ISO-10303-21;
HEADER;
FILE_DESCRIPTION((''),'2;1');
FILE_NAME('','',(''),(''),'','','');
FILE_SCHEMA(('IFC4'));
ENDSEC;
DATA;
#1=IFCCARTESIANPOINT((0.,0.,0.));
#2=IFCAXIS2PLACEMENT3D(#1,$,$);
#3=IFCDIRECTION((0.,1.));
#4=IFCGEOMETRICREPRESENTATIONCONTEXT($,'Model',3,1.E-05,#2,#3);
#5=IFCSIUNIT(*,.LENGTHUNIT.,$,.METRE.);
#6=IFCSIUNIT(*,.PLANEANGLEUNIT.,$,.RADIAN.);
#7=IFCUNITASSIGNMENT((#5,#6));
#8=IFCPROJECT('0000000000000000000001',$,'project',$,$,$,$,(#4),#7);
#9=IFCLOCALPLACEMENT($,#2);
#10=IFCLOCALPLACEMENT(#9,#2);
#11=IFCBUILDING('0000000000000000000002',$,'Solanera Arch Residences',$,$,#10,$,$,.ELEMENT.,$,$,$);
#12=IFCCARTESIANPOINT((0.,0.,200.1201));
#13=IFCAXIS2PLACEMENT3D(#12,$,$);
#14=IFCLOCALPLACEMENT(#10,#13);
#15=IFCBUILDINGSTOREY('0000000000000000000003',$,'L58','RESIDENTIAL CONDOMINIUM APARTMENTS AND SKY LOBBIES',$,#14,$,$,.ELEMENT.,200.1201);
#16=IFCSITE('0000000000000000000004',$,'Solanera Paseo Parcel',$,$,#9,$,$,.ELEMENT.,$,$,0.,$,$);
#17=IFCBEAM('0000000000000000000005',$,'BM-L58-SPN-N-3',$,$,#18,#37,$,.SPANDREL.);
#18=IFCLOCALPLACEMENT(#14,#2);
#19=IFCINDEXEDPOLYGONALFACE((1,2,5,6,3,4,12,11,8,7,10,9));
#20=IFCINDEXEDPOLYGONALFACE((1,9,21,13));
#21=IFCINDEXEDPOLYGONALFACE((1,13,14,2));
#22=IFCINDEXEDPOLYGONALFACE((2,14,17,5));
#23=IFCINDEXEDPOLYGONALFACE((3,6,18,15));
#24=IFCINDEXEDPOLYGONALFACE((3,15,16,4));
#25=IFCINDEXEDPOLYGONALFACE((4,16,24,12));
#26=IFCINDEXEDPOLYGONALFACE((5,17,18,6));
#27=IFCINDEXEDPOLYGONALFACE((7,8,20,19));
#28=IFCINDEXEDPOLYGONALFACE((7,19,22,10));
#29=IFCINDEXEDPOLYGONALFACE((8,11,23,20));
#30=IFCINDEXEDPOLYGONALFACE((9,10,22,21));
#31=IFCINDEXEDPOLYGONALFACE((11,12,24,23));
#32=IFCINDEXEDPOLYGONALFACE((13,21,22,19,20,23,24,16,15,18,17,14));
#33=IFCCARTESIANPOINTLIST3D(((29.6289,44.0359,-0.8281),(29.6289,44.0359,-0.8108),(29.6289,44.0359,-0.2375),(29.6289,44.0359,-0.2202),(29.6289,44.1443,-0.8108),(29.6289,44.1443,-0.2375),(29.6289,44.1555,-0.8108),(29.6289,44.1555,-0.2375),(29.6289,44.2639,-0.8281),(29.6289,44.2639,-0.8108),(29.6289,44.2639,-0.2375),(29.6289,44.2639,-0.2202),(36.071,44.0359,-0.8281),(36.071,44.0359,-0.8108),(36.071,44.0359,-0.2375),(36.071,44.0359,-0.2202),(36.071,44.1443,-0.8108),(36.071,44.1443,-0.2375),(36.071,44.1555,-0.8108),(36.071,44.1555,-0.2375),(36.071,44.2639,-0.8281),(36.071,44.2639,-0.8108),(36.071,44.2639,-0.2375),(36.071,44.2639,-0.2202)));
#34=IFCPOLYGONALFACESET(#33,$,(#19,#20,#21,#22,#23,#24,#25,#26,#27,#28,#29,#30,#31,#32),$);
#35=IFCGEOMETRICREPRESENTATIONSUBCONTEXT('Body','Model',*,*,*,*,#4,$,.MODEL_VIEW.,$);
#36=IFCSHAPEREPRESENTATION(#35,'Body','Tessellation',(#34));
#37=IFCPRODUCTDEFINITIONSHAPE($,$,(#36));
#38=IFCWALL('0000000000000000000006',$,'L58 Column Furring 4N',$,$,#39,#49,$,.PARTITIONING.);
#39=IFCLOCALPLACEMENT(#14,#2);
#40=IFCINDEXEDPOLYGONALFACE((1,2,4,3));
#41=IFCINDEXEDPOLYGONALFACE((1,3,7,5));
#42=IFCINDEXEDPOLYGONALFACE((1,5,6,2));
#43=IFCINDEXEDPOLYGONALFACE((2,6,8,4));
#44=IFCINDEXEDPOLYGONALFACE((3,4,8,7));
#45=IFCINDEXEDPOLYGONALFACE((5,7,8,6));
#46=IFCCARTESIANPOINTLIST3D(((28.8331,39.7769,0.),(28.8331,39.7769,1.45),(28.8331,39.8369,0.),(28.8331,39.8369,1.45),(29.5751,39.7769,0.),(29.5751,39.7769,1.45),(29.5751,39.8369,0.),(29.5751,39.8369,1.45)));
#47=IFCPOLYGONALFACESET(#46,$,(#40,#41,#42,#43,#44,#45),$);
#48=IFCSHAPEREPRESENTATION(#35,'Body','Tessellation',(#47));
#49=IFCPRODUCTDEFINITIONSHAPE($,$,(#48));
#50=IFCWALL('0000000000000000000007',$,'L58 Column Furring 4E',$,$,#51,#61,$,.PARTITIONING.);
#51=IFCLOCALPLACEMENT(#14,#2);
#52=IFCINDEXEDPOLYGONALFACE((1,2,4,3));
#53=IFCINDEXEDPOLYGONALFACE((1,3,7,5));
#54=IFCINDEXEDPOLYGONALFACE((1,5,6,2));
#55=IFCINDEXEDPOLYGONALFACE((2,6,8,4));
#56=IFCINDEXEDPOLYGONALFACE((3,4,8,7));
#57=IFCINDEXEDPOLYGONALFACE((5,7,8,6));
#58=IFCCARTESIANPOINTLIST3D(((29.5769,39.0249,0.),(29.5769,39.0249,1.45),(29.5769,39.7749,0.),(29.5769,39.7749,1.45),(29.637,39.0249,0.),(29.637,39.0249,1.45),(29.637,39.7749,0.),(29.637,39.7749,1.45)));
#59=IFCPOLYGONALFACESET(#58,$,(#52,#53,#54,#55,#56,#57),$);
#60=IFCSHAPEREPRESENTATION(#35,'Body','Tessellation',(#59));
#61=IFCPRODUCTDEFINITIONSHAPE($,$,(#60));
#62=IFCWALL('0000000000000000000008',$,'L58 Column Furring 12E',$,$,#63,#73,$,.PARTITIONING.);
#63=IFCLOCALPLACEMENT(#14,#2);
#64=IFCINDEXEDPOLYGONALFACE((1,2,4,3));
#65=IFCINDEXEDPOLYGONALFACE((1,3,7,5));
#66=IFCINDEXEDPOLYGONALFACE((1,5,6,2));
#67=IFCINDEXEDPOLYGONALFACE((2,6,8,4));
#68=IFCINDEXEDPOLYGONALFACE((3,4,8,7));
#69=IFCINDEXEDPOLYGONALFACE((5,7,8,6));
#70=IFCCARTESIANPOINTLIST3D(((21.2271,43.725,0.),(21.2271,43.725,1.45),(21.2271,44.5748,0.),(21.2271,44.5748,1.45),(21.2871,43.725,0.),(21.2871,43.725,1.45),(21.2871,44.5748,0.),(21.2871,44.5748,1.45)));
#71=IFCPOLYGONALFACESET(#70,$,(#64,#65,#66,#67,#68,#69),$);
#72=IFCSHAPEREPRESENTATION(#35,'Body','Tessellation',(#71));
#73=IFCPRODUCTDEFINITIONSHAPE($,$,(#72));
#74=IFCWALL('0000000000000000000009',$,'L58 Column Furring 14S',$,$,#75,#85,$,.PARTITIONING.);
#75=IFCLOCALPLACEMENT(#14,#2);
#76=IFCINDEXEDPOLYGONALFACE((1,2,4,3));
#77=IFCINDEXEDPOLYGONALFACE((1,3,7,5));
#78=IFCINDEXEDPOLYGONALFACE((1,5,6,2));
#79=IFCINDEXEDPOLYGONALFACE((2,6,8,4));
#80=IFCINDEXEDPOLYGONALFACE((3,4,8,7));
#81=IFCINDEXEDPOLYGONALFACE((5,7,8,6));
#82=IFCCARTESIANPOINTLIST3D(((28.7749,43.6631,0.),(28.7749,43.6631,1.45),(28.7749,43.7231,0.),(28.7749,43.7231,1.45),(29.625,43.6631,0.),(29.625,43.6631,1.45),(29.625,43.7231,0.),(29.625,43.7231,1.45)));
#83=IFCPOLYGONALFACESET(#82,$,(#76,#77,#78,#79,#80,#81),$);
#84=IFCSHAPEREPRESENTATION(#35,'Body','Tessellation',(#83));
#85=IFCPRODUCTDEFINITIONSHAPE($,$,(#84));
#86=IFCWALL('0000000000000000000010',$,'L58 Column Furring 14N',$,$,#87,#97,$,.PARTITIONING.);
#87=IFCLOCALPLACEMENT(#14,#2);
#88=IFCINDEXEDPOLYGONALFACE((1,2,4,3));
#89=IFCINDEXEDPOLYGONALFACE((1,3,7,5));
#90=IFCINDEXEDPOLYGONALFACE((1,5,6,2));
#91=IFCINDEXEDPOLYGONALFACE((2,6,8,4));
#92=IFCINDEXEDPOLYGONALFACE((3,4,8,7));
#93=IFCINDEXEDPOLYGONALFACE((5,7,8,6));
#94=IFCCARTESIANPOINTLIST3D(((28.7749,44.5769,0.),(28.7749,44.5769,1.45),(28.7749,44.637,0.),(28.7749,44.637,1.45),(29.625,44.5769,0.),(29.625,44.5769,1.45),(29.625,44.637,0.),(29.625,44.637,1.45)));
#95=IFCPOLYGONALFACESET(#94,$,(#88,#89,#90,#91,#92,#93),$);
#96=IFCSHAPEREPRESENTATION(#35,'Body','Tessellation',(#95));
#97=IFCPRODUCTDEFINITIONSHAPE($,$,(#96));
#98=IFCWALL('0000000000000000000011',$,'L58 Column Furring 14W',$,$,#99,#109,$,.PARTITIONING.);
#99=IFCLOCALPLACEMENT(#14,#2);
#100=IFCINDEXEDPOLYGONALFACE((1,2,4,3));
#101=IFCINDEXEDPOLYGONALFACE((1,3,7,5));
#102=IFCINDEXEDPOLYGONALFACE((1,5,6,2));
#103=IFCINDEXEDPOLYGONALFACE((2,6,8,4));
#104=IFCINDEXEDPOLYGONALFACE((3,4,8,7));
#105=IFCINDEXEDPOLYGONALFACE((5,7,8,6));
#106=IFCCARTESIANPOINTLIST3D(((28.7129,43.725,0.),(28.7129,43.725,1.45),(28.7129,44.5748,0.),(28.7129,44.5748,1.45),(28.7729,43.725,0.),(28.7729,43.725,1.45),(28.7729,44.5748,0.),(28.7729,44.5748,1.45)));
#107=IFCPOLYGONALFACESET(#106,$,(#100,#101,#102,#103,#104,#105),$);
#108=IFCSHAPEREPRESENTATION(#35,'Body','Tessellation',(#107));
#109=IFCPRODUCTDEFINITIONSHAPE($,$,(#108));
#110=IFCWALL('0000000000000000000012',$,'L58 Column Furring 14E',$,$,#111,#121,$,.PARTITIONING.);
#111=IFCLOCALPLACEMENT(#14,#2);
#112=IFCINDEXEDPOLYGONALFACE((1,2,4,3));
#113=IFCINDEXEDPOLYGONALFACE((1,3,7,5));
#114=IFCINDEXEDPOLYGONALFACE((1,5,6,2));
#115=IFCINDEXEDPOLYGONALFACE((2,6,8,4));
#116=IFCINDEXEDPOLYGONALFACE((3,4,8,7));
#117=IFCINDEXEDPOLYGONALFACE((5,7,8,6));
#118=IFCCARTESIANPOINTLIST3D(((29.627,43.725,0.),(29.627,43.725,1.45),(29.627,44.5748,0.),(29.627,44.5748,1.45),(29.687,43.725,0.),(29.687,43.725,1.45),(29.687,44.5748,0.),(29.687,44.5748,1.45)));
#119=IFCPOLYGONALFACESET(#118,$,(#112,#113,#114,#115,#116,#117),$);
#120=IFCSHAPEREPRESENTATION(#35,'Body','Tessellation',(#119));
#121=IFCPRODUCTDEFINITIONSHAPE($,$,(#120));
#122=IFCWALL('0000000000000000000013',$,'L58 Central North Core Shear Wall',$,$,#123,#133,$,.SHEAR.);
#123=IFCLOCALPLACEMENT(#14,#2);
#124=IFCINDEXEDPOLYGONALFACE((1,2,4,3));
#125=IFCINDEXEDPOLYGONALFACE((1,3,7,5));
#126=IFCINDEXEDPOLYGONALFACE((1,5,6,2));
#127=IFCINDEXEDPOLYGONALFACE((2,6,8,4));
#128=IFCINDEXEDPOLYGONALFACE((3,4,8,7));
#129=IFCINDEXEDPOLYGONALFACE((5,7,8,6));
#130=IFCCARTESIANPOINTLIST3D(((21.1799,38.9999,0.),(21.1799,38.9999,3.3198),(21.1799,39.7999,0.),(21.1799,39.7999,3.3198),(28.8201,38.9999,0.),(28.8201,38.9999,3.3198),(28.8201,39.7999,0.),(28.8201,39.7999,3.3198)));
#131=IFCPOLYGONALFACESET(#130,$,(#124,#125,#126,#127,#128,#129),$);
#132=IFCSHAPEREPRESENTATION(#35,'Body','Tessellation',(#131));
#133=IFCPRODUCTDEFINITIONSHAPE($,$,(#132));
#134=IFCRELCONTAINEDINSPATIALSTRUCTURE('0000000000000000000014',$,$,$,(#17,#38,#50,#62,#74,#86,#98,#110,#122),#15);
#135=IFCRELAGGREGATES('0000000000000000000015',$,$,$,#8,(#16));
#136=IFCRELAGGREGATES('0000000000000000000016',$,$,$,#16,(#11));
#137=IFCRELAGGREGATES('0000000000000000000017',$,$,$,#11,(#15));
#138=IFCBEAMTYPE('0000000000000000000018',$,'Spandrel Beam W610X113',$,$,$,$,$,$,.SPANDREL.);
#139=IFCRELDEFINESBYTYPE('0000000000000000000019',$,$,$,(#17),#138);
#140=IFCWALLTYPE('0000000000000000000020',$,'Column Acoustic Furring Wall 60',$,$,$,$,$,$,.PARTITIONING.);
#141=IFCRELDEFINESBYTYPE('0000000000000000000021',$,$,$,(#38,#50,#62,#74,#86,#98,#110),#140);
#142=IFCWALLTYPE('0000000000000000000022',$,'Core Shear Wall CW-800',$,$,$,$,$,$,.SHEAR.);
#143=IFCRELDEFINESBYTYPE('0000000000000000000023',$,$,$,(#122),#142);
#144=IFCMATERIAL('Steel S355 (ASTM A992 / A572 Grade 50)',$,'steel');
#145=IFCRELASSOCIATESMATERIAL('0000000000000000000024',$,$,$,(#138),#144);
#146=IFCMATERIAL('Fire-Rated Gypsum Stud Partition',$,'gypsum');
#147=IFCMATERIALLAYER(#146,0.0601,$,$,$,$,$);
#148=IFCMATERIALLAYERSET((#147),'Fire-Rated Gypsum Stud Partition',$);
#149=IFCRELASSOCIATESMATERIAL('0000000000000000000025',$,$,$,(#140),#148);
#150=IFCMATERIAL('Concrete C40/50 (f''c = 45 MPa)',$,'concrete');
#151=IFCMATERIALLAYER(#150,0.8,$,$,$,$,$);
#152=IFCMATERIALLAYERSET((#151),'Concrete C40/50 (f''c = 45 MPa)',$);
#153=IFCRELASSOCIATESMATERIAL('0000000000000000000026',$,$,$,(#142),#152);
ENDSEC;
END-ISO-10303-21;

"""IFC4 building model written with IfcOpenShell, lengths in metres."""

from ifc_helpers import new_model, si_unit, direction, frame, frame_2d, origin, origin_2d, place, context, subcontext, project, spatial, rectangle, i_section, extrude, material, layer, layer_set, material_profile, profile_set, type_object, element, save


model = new_model("IFC4")

# Units and contexts
model_context = context("Model", 3, precision=1e-05, world=origin(), true_north=direction((0.0, 1.0)))
body_context = subcontext(model_context, "Body", "Model", "MODEL_VIEW")
ifc_project = project(units=[si_unit("LENGTHUNIT", "METRE"), si_unit("PLANEANGLEUNIT", "RADIAN")], contexts=[model_context])

# Site, building, storey
site_placement = place(None, origin())
site = spatial("IfcSite", under=ifc_project, at=site_placement, Name="Solanera Paseo Parcel", CompositionType="ELEMENT", RefElevation=0.0)
building_placement = place(site_placement, origin())
building = spatial("IfcBuilding", under=site, at=building_placement, Name="Solanera Arch Residences", CompositionType="ELEMENT")
storey_placement = place(building_placement, frame((0.0, 0.0, 200.1201)))
storey = spatial("IfcBuildingStorey", under=building, at=storey_placement, Name="L58", Description="RESIDENTIAL CONDOMINIUM APARTMENTS AND SKY LOBBIES", CompositionType="ELEMENT", Elevation=200.1201)

# Beam
ifc_material_1 = material(Name="Steel S355 (ASTM A992 / A572 Grade 50)", Category="steel")
ifc_material_profile_1 = material_profile(ifc_material_1, i_section(OverallWidth=0.228, OverallDepth=0.6079, WebThickness=0.0112, FlangeThickness=0.0173, at=origin_2d()))
ifc_profile_set_1 = profile_set([ifc_material_profile_1], Name="Steel S355 (ASTM A992 / A572 Grade 50)")
beam_type_1 = type_object("IfcBeamType", Name="Spandrel Beam W610X113", PredefinedType="SPANDREL", material=ifc_profile_set_1)
beam_1_placement = place(storey_placement, frame((29.6289, 44.1499, -0.5242), z_axis=(1.0, 0.0, 0.0), x_axis=(0.0, 1.0, 0.0)))
element("IfcBeam", 1, at=beam_1_placement, inside=storey, type_object=beam_type_1, Name="BM-L58-SPN-N-3", PredefinedType="SPANDREL", context=body_context, shape_type="SweptSolid", body=[
    extrude(i_section(OverallWidth=0.228, OverallDepth=0.6079, WebThickness=0.0112, FlangeThickness=0.0173, at=origin_2d()), origin(), (0.0, 0.0, 1.0), 6.4421),
])

# Walls
ifc_material_2 = material(Name="Fire-Rated Gypsum Stud Partition", Category="gypsum")
ifc_layer_1 = layer(ifc_material_2, 0.0601)
ifc_layer_set_1 = layer_set([ifc_layer_1], Name="Fire-Rated Gypsum Stud Partition")
wall_type_1 = type_object("IfcWallType", Name="Column Acoustic Furring Wall 60", PredefinedType="PARTITIONING", material=ifc_layer_set_1)
wall_1_placement = place(storey_placement, frame((28.833, 39.8069, 0.0), z_axis=(0.0, 0.0, 1.0), x_axis=(1.0, 0.0, 0.0)))
element("IfcWall", 2, at=wall_1_placement, inside=storey, type_object=wall_type_1, Name="L58 Column Furring 4N", PredefinedType="PARTITIONING", context=body_context, shape_type="SweptSolid", body=[
    extrude(rectangle(XDim=0.7419, YDim=0.0601, at=frame_2d((0.3711, 0.0))), origin(), (0.0, 0.0, 1.0), 1.45),
])
wall_2_placement = place(storey_placement, frame((29.6069, 39.0249, 0.0), z_axis=(0.0, 0.0, 1.0), x_axis=(0.0, 1.0, 0.0)))
element("IfcWall", 3, at=wall_2_placement, inside=storey, type_object=wall_type_1, Name="L58 Column Furring 4E", PredefinedType="PARTITIONING", context=body_context, shape_type="SweptSolid", body=[
    extrude(rectangle(XDim=0.75, YDim=0.0601, at=frame_2d((0.375, 0.0))), origin(), (0.0, 0.0, 1.0), 1.45),
])
wall_3_placement = place(storey_placement, frame((21.2571, 43.7251, 0.0), z_axis=(0.0, 0.0, 1.0), x_axis=(0.0, 1.0, 0.0)))
element("IfcWall", 4, at=wall_3_placement, inside=storey, type_object=wall_type_1, Name="L58 Column Furring 12E", PredefinedType="PARTITIONING", context=body_context, shape_type="SweptSolid", body=[
    extrude(rectangle(XDim=0.8499, YDim=0.0601, at=frame_2d((0.4248, 0.0))), origin(), (0.0, 0.0, 1.0), 1.45),
])
for number, where, z_axis, x_axis, name in (
    (5, (28.7749, 43.6931, 0.0), (0.0, 0.0, 1.0), (1.0, 0.0, 0.0), "L58 Column Furring 14S"),
    (6, (28.7749, 44.6069, 0.0), (0.0, 0.0, 1.0), (1.0, 0.0, 0.0), "L58 Column Furring 14N"),
):
    element("IfcWall", number, at=place(storey_placement, frame(where, z_axis=z_axis, x_axis=x_axis)), inside=storey, type_object=wall_type_1, Name=name, PredefinedType="PARTITIONING", context=body_context, shape_type="SweptSolid", body=[
        extrude(rectangle(XDim=0.8501, YDim=0.0601, at=frame_2d((0.425, 0.0))), origin(), (0.0, 0.0, 1.0), 1.45),
    ])
for number, where, z_axis, x_axis, name in (
    (7, (28.7429, 43.7251, 0.0), (0.0, 0.0, 1.0), (0.0, 1.0, 0.0), "L58 Column Furring 14W"),
    (8, (29.657, 43.7251, 0.0), (0.0, 0.0, 1.0), (0.0, 1.0, 0.0), "L58 Column Furring 14E"),
):
    element("IfcWall", number, at=place(storey_placement, frame(where, z_axis=z_axis, x_axis=x_axis)), inside=storey, type_object=wall_type_1, Name=name, PredefinedType="PARTITIONING", context=body_context, shape_type="SweptSolid", body=[
        extrude(rectangle(XDim=0.8499, YDim=0.0601, at=frame_2d((0.4248, 0.0))), origin(), (0.0, 0.0, 1.0), 1.45),
    ])
ifc_material_3 = material(Name="Concrete C40/50 (f'c = 45 MPa)", Category="concrete")
ifc_layer_2 = layer(ifc_material_3, 0.8)
ifc_layer_set_2 = layer_set([ifc_layer_2], Name="Concrete C40/50 (f'c = 45 MPa)")
wall_type_2 = type_object("IfcWallType", Name="Core Shear Wall CW-800", PredefinedType="SHEAR", material=ifc_layer_set_2)
wall_4_placement = place(storey_placement, frame((21.1799, 39.3999, 0.0), z_axis=(0.0, 0.0, 1.0), x_axis=(1.0, 0.0, 0.0)))
element("IfcWall", 9, at=wall_4_placement, inside=storey, type_object=wall_type_2, Name="L58 Central North Core Shear Wall", PredefinedType="SHEAR", context=body_context, shape_type="SweptSolid", body=[
    extrude(rectangle(XDim=7.6401, YDim=0.8, at=frame_2d((3.8201, 0.0))), origin(), (0.0, 0.0, 1.0), 3.3198),
])

save(model, "model.ifc")
